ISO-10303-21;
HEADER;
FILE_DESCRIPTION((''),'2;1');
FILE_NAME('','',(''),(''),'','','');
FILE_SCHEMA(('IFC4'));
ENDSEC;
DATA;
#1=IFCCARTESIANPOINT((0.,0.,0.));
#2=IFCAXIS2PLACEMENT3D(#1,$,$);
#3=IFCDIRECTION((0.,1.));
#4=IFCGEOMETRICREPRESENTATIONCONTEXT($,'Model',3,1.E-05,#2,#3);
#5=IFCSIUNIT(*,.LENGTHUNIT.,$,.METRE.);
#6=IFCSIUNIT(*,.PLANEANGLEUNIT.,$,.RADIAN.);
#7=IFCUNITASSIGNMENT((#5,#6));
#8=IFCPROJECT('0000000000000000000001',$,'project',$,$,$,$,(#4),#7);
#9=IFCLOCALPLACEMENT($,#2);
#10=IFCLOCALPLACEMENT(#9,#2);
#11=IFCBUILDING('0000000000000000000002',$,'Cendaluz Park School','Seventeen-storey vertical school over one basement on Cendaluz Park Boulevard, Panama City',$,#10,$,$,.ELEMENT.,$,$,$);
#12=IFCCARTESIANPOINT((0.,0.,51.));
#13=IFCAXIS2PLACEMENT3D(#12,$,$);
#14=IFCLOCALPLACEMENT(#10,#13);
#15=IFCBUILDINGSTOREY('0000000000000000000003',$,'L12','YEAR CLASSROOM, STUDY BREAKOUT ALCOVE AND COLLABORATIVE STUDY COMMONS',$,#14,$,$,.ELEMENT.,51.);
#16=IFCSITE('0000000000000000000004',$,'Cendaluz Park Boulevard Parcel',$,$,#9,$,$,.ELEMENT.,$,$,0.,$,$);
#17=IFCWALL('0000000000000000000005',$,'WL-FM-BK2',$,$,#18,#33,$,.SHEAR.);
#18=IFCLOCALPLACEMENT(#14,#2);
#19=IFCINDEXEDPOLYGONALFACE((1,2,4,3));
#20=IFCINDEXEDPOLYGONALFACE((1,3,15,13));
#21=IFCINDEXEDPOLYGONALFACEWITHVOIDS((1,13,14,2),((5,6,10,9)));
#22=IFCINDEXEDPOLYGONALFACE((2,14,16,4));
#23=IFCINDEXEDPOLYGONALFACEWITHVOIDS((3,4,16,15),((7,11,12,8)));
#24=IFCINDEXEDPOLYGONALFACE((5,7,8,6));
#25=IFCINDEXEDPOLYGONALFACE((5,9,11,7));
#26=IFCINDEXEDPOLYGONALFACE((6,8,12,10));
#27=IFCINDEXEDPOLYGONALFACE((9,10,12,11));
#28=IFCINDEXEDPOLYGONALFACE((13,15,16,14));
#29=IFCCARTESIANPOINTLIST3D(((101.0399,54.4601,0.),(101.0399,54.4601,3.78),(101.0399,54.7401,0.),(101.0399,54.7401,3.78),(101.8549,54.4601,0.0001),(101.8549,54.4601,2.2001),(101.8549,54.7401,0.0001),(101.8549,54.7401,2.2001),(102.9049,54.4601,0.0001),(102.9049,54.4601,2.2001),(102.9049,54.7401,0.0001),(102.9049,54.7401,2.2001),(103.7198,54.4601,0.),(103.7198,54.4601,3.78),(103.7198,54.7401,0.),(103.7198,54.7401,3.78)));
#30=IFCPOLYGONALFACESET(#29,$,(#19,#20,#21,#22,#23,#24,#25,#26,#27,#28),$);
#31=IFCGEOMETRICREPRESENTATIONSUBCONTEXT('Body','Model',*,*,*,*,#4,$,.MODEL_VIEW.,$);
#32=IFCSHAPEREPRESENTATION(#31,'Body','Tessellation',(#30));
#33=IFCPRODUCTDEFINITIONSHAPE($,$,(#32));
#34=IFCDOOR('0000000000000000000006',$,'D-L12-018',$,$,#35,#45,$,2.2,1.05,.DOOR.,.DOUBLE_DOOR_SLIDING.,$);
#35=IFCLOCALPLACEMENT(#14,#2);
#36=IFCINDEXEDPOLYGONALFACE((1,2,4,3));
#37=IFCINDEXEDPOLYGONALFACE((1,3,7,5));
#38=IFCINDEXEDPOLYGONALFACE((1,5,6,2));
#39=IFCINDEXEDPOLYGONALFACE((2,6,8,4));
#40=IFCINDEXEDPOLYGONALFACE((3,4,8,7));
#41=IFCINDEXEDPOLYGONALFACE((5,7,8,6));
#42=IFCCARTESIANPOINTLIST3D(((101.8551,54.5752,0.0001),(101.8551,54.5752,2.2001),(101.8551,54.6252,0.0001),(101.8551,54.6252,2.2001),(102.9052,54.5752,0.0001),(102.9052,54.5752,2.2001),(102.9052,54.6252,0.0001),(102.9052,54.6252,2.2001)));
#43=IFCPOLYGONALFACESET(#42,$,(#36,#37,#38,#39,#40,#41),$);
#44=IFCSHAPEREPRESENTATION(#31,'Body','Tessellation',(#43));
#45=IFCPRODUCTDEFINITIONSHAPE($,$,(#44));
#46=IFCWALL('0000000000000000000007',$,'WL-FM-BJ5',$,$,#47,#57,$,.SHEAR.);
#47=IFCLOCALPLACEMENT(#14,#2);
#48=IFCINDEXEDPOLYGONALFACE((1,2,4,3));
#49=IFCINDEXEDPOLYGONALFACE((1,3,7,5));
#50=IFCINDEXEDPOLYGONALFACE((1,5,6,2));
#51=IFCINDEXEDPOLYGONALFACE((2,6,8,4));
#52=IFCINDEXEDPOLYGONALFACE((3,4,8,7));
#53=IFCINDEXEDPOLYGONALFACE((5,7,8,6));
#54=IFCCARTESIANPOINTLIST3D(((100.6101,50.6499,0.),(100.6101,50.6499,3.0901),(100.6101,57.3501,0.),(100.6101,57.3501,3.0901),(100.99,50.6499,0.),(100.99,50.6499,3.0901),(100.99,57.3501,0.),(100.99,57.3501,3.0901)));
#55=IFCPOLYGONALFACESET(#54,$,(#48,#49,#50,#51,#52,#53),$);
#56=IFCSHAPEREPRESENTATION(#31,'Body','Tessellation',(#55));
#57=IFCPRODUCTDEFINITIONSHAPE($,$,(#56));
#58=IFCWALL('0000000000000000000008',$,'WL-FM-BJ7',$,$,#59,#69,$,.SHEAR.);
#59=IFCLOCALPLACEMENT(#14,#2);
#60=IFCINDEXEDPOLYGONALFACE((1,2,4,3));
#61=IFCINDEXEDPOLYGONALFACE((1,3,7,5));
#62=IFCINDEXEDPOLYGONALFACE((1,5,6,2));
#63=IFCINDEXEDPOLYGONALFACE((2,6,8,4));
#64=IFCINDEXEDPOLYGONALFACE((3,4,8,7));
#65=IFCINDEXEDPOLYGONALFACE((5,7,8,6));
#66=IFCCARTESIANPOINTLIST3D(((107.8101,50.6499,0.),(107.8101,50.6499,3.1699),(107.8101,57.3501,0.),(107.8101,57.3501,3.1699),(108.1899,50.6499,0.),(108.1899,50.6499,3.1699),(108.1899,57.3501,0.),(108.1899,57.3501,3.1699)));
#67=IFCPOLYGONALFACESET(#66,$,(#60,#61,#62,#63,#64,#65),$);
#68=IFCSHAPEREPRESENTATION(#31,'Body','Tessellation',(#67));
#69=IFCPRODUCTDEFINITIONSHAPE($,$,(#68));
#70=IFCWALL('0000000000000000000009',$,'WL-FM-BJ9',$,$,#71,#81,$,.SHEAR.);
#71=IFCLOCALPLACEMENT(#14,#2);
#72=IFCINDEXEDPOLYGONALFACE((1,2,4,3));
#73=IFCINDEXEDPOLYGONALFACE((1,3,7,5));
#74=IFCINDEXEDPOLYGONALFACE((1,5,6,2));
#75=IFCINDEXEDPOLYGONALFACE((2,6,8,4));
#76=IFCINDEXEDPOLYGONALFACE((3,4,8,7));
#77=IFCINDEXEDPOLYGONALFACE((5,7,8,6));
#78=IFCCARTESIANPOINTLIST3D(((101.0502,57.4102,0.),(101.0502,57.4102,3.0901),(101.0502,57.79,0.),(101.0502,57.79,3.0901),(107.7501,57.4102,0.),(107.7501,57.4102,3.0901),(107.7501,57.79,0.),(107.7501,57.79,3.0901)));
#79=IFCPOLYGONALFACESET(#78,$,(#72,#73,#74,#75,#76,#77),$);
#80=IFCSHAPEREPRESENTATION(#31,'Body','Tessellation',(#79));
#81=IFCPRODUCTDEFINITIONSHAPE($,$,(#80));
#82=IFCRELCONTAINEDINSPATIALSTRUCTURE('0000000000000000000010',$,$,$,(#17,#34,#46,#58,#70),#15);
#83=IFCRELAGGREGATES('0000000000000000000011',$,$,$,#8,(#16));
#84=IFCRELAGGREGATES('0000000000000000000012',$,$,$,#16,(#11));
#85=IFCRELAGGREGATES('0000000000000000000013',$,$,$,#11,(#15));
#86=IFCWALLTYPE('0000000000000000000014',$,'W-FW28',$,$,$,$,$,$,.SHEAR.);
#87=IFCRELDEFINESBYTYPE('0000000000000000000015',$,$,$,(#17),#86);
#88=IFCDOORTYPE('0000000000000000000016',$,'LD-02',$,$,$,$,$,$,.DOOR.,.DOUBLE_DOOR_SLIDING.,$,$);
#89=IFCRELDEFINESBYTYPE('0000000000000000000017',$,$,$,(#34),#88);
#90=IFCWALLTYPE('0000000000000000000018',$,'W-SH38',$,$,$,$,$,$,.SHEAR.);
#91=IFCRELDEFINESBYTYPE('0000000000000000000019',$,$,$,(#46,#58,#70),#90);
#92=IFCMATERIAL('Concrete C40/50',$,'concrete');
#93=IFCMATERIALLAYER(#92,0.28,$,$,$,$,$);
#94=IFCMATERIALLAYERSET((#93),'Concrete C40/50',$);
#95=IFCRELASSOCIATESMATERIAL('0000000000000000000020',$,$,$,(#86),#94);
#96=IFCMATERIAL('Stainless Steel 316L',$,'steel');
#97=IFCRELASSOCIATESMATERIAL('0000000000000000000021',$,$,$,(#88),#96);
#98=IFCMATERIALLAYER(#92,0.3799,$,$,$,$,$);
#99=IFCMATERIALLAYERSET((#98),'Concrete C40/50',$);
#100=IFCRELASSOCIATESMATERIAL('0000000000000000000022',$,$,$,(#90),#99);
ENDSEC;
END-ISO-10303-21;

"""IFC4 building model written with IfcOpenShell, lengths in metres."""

from ifc_helpers import new_model, si_unit, direction, frame, frame_2d, origin, place, context, subcontext, project, spatial, rectangle, extrude, material, layer, layer_set, type_object, element, fill, save


model = new_model("IFC4")

# Units and contexts
model_context = context("Model", 3, precision=1e-05, world=origin(), true_north=direction((0.0, 1.0)))
body_context = subcontext(model_context, "Body", "Model", "MODEL_VIEW")
ifc_project = project(units=[si_unit("LENGTHUNIT", "METRE"), si_unit("PLANEANGLEUNIT", "RADIAN")], contexts=[model_context])

# Site, building, storey
site_placement = place(None, origin())
site = spatial("IfcSite", under=ifc_project, at=site_placement, Name="Cendaluz Park Boulevard Parcel", CompositionType="ELEMENT", RefElevation=0.0)
building_placement = place(site_placement, origin())
building = spatial("IfcBuilding", under=site, at=building_placement, Name="Cendaluz Park School", Description="Seventeen-storey vertical school over one basement on Cendaluz Park Boulevard, Panama City", CompositionType="ELEMENT")
storey_placement = place(building_placement, frame((0.0, 0.0, 51.0)))
storey = spatial("IfcBuildingStorey", under=building, at=storey_placement, Name="L12", Description="YEAR CLASSROOM, STUDY BREAKOUT ALCOVE AND COLLABORATIVE STUDY COMMONS", CompositionType="ELEMENT", Elevation=51.0)

# Shared definitions
ifc_material_1 = material(Name="Concrete C40/50", Category="concrete")
ifc_layer_1 = layer(ifc_material_1, 0.28)
ifc_layer_set_1 = layer_set([ifc_layer_1], Name="Concrete C40/50")
wall_type_1 = type_object("IfcWallType", Name="W-FW28", PredefinedType="SHEAR", material=ifc_layer_set_1)

# Wall, opening, door
wall_1_placement = place(storey_placement, frame((101.04, 54.6001, 0.0), z_axis=(0.0, 0.0, 1.0), x_axis=(1.0, 0.0, 0.0)))
wall_1 = element("IfcWall", 1, at=wall_1_placement, inside=storey, type_object=wall_type_1, Name="WL-FM-BK2", PredefinedType="SHEAR", context=body_context, shape_type="SweptSolid", body=[
    extrude(rectangle(XDim=2.6799, YDim=0.28, at=frame_2d((1.3398, 0.0))), origin(), (0.0, 0.0, 1.0), 3.78),
])
opening_1_placement = place(wall_1_placement, frame((0.8149, 0.0, 0.0)))
opening_1 = element("IfcOpeningElement", 2, at=opening_1_placement, cuts=wall_1, PredefinedType="OPENING", context=body_context, shape_type="SweptSolid", body=[
    extrude(rectangle(XDim=1.05, YDim=2.2, at=frame_2d((0.5249, 1.1001))), frame((0.0, 0.1521, 0.0), z_axis=(0.0, -1.0, 0.0), x_axis=(1.0, 0.0, 0.0)), (0.0, 0.0, 1.0), 0.304),
])
ifc_material_2 = material(Name="Stainless Steel 316L", Category="steel")
door_type_1 = type_object("IfcDoorType", Name="LD-02", OperationType="DOUBLE_DOOR_SLIDING", PredefinedType="DOOR", material=ifc_material_2)
door_1_placement = place(opening_1_placement, frame((1.05, 0.0, 0.0), z_axis=(0.0, 0.0, 1.0), x_axis=(-1.0, 0.0, 0.0)))
door_1 = element("IfcDoor", 3, at=door_1_placement, inside=storey, type_object=door_type_1, Name="D-L12-018", OperationType="DOUBLE_DOOR_SLIDING", OverallHeight=2.2, OverallWidth=1.05, PredefinedType="DOOR", context=body_context, shape_type="SweptSolid", body=[
    extrude(rectangle(XDim=1.05, YDim=2.2, at=frame_2d((0.5249, 1.1001))), frame((0.0, 0.0249, 0.0), z_axis=(0.0, -1.0, 0.0), x_axis=(1.0, 0.0, 0.0)), (0.0, 0.0, 1.0), 0.05),
])
fill(opening_1, door_1)

# Walls
ifc_layer_2 = layer(ifc_material_1, 0.3799)
ifc_layer_set_2 = layer_set([ifc_layer_2], Name="Concrete C40/50")
wall_type_2 = type_object("IfcWallType", Name="W-SH38", PredefinedType="SHEAR", material=ifc_layer_set_2)
wall_2_placement = place(storey_placement, frame((100.8, 50.6499, 0.0), z_axis=(0.0, 0.0, 1.0), x_axis=(0.0, 1.0, 0.0)))
element("IfcWall", 4, at=wall_2_placement, inside=storey, type_object=wall_type_2, Name="WL-FM-BJ5", PredefinedType="SHEAR", context=body_context, shape_type="SweptSolid", body=[
    extrude(rectangle(XDim=6.7002, YDim=0.3799, at=frame_2d((3.3501, 0.0))), origin(), (0.0, 0.0, 1.0), 3.0901),
])
wall_3_placement = place(storey_placement, frame((108.0, 50.6499, 0.0), z_axis=(0.0, 0.0, 1.0), x_axis=(0.0, 1.0, 0.0)))
element("IfcWall", 5, at=wall_3_placement, inside=storey, type_object=wall_type_2, Name="WL-FM-BJ7", PredefinedType="SHEAR", context=body_context, shape_type="SweptSolid", body=[
    extrude(rectangle(XDim=6.7002, YDim=0.3799, at=frame_2d((3.3501, 0.0))), origin(), (0.0, 0.0, 1.0), 3.1699),
])
wall_4_placement = place(storey_placement, frame((101.05, 57.6001, 0.0), z_axis=(0.0, 0.0, 1.0), x_axis=(1.0, 0.0, 0.0)))
element("IfcWall", 6, at=wall_4_placement, inside=storey, type_object=wall_type_2, Name="WL-FM-BJ9", PredefinedType="SHEAR", context=body_context, shape_type="SweptSolid", body=[
    extrude(rectangle(XDim=6.7, YDim=0.3799, at=frame_2d((3.3501, 0.0))), origin(), (0.0, 0.0, 1.0), 3.0901),
])

save(model, "model.ifc")
